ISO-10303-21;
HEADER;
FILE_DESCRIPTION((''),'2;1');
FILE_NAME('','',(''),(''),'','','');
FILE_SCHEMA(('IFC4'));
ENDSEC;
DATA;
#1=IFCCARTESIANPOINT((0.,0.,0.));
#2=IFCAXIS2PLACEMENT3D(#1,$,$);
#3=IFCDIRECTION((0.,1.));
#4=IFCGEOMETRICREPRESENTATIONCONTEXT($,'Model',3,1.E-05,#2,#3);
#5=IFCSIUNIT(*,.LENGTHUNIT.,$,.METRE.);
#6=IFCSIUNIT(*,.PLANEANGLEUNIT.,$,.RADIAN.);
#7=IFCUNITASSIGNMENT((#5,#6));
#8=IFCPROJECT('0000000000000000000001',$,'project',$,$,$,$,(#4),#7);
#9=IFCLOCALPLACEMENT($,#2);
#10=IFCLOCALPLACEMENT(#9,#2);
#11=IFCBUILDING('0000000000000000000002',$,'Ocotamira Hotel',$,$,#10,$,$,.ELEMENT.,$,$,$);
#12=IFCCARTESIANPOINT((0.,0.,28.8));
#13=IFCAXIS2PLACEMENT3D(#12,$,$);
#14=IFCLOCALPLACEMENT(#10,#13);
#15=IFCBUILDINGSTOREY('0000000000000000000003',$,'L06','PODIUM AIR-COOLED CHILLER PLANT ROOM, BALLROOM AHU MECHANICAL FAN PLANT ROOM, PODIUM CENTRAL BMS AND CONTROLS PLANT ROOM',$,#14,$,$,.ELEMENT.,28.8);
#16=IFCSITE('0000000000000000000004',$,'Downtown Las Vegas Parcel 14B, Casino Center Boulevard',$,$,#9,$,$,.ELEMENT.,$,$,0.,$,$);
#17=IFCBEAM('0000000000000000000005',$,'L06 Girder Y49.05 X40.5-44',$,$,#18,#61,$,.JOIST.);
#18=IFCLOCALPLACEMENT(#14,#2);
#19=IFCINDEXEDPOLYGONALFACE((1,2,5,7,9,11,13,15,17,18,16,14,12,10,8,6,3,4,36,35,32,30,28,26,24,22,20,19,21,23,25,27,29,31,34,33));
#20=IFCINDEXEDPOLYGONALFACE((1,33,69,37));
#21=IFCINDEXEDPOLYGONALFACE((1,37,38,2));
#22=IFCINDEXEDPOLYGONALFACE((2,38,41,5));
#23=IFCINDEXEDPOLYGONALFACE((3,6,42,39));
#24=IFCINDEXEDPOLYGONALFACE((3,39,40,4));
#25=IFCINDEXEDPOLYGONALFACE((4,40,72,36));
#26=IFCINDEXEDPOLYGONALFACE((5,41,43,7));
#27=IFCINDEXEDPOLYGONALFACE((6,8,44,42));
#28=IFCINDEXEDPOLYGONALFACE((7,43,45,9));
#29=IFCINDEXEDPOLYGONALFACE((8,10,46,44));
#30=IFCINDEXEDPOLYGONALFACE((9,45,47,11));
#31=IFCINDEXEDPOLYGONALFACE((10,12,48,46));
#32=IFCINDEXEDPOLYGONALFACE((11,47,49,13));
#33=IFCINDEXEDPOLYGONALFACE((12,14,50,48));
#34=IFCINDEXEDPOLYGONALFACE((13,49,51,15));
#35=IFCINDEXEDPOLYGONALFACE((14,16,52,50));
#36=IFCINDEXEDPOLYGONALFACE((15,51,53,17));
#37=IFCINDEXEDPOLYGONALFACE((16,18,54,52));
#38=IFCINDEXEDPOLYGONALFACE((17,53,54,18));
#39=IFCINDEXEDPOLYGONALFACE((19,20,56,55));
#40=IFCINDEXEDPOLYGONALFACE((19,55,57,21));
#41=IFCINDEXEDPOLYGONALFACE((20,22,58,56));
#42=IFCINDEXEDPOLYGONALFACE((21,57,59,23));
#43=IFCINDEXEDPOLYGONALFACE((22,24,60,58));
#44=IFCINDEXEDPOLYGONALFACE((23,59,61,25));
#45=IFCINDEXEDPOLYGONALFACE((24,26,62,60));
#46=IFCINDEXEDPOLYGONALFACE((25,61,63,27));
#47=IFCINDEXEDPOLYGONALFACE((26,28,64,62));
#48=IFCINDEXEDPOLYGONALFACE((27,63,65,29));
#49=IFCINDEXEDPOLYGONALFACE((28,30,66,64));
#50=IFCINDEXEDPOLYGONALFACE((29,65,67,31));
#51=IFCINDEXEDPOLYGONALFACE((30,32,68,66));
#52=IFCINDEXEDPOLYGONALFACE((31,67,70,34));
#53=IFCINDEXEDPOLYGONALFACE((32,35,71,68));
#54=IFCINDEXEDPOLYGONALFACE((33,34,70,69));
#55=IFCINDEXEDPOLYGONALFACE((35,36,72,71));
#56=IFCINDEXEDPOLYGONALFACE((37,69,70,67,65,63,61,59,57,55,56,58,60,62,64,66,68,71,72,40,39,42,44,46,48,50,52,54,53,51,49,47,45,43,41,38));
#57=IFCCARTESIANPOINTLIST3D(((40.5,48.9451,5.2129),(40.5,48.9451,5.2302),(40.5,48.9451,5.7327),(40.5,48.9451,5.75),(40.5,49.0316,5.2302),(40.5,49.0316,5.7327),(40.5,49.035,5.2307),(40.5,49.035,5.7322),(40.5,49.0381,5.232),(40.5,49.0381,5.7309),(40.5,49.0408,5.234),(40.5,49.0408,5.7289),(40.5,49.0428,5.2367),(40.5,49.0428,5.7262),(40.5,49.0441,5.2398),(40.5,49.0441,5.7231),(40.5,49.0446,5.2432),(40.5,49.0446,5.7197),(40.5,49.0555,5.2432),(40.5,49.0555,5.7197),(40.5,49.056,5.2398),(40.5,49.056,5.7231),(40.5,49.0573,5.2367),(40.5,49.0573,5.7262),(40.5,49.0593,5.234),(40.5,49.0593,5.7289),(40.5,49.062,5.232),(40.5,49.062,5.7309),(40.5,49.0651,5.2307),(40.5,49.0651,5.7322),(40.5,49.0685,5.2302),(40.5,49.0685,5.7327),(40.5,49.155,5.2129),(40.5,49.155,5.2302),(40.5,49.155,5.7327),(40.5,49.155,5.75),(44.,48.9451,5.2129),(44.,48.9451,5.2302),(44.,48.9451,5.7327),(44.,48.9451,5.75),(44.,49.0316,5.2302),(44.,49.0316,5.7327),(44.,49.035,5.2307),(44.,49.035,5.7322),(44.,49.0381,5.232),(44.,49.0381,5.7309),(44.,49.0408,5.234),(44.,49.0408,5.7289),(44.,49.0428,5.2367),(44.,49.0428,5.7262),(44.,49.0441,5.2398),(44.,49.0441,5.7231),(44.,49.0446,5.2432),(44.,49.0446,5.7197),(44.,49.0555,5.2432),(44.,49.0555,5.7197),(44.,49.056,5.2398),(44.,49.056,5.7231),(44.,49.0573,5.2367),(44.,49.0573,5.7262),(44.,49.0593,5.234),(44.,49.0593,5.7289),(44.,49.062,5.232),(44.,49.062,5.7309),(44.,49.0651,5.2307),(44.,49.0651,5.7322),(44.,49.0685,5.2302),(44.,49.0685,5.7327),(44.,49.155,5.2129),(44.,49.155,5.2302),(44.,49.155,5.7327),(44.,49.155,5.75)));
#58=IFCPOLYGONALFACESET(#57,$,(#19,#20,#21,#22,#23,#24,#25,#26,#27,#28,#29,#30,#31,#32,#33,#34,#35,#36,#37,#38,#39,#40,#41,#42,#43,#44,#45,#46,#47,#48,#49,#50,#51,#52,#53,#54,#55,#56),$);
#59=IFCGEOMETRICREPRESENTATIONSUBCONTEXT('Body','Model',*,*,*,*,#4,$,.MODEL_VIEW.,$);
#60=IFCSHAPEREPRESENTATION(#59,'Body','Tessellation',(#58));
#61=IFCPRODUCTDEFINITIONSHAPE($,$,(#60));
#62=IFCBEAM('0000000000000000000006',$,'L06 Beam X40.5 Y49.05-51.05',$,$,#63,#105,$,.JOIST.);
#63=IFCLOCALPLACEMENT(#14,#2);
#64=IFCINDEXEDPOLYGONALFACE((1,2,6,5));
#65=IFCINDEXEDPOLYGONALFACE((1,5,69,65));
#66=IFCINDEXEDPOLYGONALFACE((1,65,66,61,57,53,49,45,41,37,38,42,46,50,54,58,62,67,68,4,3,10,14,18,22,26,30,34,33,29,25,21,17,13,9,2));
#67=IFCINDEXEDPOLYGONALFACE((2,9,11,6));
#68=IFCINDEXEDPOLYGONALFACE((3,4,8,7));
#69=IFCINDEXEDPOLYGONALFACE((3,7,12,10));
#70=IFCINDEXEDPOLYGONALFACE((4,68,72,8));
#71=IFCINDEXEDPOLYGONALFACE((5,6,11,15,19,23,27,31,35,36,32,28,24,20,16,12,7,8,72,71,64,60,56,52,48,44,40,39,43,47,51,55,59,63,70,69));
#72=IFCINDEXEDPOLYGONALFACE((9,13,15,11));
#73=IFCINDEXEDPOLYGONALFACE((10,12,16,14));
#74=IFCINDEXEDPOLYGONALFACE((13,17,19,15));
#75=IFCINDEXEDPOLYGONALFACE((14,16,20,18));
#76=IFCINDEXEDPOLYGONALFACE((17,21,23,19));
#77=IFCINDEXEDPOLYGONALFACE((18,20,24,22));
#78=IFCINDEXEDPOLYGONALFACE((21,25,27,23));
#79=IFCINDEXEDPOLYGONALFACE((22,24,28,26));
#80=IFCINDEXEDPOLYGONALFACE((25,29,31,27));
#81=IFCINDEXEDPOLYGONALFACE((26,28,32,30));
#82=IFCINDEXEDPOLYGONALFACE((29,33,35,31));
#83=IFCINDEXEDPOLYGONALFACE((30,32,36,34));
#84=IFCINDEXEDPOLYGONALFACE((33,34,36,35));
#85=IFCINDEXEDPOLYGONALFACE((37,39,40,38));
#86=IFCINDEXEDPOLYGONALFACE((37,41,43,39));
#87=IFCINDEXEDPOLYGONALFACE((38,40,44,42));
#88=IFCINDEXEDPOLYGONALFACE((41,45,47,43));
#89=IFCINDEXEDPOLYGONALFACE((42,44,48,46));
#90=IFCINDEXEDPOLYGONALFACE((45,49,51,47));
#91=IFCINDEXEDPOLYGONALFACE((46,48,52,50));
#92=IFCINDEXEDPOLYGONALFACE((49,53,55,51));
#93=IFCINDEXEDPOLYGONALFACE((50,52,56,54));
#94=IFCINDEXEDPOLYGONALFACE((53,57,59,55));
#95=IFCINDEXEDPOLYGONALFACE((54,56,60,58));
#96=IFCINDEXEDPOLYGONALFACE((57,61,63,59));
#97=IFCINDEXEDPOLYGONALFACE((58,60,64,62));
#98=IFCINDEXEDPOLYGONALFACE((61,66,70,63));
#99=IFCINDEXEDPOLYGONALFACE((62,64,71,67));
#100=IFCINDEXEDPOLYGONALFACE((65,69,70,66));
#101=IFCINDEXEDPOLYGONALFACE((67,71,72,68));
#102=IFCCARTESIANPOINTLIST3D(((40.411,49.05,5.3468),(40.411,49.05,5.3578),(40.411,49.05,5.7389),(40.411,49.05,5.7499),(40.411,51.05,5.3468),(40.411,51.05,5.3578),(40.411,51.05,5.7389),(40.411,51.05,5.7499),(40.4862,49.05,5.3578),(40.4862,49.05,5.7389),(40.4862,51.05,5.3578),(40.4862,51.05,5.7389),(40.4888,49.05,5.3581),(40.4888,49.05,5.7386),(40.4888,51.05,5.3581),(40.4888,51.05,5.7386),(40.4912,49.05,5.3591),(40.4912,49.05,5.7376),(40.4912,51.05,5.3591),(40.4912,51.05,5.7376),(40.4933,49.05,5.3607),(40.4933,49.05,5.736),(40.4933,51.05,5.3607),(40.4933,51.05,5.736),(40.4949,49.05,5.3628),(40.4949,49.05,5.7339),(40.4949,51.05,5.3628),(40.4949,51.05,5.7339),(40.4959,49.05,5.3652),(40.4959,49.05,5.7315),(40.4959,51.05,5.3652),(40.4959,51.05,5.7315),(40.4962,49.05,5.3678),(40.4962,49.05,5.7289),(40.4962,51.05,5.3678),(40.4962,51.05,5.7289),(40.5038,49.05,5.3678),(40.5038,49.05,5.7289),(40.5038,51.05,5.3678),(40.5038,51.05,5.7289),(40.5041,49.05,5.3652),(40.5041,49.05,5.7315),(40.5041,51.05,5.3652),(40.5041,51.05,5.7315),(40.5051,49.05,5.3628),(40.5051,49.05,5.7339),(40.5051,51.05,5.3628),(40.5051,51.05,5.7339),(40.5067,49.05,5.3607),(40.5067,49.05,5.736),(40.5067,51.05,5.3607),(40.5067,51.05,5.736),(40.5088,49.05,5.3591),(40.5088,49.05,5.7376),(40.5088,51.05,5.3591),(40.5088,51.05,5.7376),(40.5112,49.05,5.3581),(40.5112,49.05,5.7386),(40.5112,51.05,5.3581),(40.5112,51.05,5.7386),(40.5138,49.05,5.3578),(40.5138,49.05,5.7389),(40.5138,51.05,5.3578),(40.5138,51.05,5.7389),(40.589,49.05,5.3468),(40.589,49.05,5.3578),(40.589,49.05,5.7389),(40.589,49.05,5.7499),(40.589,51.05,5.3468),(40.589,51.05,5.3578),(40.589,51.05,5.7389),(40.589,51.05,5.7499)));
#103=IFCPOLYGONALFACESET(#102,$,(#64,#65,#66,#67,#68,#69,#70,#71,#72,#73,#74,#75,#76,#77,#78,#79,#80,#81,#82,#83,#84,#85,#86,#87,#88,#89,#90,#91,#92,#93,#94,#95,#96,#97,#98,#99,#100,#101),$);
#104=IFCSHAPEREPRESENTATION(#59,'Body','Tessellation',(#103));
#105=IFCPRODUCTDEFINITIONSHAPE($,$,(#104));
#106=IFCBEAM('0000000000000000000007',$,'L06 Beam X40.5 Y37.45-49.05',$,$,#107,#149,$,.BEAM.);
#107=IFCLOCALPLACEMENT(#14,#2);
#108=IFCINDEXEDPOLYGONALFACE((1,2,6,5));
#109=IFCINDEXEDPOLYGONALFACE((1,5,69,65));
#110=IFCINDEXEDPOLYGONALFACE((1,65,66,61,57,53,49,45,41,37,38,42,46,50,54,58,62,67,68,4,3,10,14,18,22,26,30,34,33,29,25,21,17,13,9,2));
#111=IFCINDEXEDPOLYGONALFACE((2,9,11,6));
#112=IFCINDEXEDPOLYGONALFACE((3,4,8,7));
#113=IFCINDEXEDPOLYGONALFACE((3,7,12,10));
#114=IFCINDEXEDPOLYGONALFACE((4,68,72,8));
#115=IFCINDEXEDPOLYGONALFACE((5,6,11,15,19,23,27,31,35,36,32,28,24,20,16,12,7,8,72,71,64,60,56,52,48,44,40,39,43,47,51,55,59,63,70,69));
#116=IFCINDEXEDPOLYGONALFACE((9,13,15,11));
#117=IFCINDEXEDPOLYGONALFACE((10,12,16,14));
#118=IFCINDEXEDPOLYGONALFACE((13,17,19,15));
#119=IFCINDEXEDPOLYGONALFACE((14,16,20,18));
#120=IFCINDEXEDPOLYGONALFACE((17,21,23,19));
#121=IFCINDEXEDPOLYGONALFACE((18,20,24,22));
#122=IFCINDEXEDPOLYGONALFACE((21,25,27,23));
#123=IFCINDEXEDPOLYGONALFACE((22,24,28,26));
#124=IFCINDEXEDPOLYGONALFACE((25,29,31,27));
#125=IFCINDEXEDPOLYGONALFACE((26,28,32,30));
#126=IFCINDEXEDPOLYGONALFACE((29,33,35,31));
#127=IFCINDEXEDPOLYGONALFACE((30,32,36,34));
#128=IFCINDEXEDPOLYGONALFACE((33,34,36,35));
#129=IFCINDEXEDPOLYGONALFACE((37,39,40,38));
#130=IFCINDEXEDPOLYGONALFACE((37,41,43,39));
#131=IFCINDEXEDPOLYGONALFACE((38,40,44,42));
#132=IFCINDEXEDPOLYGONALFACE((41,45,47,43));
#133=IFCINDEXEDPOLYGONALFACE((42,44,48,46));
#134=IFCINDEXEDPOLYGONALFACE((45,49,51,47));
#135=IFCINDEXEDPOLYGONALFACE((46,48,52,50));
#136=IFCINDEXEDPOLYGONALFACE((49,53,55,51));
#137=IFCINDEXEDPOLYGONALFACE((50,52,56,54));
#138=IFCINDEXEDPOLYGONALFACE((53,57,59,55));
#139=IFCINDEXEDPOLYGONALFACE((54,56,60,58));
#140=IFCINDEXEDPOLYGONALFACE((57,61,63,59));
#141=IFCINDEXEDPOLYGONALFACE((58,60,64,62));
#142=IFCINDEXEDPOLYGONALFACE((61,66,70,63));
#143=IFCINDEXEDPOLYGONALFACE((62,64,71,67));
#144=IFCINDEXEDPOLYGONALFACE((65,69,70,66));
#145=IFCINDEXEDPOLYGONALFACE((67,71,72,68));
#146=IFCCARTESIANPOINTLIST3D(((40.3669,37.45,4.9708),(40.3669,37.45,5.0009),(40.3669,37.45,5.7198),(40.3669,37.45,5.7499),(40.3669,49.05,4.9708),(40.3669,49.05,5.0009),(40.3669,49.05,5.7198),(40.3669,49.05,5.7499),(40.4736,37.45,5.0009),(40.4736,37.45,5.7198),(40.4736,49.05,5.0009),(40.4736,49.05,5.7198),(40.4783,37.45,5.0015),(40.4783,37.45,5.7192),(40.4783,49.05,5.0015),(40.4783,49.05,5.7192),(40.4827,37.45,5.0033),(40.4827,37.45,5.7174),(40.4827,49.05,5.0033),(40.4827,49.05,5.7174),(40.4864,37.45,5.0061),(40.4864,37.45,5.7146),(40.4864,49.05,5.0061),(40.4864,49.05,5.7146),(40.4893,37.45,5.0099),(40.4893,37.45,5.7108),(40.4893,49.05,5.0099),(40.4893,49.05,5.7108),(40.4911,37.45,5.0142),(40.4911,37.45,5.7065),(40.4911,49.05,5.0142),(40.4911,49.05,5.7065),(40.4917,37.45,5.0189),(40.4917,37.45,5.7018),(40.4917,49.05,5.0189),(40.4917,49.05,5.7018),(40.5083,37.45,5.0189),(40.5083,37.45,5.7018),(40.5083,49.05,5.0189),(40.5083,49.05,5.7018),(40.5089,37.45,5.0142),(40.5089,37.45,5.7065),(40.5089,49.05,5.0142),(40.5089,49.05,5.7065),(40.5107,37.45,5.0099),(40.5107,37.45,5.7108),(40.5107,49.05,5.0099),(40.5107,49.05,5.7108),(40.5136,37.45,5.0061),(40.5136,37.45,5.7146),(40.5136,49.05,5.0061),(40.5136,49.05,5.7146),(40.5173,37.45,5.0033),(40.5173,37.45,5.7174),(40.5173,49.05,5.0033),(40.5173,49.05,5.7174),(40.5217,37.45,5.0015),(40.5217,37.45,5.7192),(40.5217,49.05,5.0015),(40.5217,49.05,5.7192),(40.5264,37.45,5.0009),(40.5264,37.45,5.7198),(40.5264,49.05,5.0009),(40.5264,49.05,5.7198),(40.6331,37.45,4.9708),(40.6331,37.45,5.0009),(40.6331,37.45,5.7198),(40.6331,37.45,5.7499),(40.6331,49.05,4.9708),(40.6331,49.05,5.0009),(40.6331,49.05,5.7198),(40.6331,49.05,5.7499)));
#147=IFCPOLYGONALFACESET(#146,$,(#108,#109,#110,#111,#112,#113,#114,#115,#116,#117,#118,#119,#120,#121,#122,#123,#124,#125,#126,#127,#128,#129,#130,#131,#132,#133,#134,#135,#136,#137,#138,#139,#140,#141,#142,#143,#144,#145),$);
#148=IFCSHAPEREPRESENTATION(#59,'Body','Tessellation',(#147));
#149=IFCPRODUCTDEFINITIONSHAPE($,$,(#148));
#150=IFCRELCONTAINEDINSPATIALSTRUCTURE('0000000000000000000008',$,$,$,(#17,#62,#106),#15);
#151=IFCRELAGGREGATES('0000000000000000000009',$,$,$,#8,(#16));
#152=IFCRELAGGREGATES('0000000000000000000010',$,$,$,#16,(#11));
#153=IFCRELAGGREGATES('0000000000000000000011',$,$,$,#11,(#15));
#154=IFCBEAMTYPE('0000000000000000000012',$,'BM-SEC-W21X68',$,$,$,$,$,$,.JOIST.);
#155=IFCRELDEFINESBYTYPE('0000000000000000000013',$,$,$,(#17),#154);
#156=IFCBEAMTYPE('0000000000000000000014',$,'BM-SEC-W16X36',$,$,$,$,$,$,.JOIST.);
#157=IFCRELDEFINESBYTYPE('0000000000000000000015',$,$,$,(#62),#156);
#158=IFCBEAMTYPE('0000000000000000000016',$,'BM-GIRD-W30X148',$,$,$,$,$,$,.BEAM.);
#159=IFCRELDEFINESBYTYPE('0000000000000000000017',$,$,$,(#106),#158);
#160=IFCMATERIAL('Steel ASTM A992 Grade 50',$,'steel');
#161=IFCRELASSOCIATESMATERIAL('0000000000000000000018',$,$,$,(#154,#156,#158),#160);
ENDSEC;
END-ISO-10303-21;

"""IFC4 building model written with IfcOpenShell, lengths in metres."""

from ifc_helpers import new_model, si_unit, direction, frame, origin, origin_2d, place, context, subcontext, project, spatial, i_section, extrude, source, transform, mapped, material, material_profile, profile_set, type_object, element, save


model = new_model("IFC4")

# Units and contexts
model_context = context("Model", 3, precision=1e-05, world=origin(), true_north=direction((0.0, 1.0)))
body_context = subcontext(model_context, "Body", "Model", "MODEL_VIEW")
ifc_project = project(units=[si_unit("LENGTHUNIT", "METRE"), si_unit("PLANEANGLEUNIT", "RADIAN")], contexts=[model_context])

# Site, building, storey
site_placement = place(None, origin())
site = spatial("IfcSite", under=ifc_project, at=site_placement, Name="Downtown Las Vegas Parcel 14B, Casino Center Boulevard", CompositionType="ELEMENT", RefElevation=0.0)
building_placement = place(site_placement, origin())
building = spatial("IfcBuilding", under=site, at=building_placement, Name="Ocotamira Hotel", CompositionType="ELEMENT")
storey_placement = place(building_placement, frame((0.0, 0.0, 28.8)))
storey = spatial("IfcBuildingStorey", under=building, at=storey_placement, Name="L06", Description="PODIUM AIR-COOLED CHILLER PLANT ROOM, BALLROOM AHU MECHANICAL FAN PLANT ROOM, PODIUM CENTRAL BMS AND CONTROLS PLANT ROOM", CompositionType="ELEMENT", Elevation=28.8)

# Beams
ifc_material_1 = material(Name="Steel ASTM A992 Grade 50", Category="steel")
ifc_material_profile_1 = material_profile(ifc_material_1, i_section(OverallWidth=0.21, OverallDepth=0.5371, WebThickness=0.011, FlangeThickness=0.0173, FilletRadius=0.0129, at=origin_2d()), Name="W21X68")
ifc_profile_set_1 = profile_set([ifc_material_profile_1], Name="Steel ASTM A992 Grade 50")
beam_type_1 = type_object("IfcBeamType", Name="BM-SEC-W21X68", PredefinedType="JOIST", material=ifc_profile_set_1)
shared_shape_1 = source(origin(), body_context, "Body", "SweptSolid", [
    extrude(i_section(OverallWidth=0.21, OverallDepth=0.5371, WebThickness=0.011, FlangeThickness=0.0173, FilletRadius=0.0129, at=origin_2d()), origin(), (0.0, 0.0, 1.0), 3.5),
])
beam_1_placement = place(storey_placement, frame((40.5, 49.05, 5.4814), z_axis=(1.0, 0.0, 0.0), x_axis=(0.0, 1.0, 0.0)))
element("IfcBeam", 1, at=beam_1_placement, inside=storey, type_object=beam_type_1, Name="L06 Girder Y49.05 X40.5-44", PredefinedType="JOIST", context=body_context, shape_type="MappedRepresentation", body=[
    mapped(shared_shape_1, transform((0.0, 0.0, 0.0), scale=1.0)),
])
ifc_material_profile_2 = material_profile(ifc_material_1, i_section(OverallWidth=0.178, OverallDepth=0.4031, WebThickness=0.0076, FlangeThickness=0.011, FilletRadius=0.01, at=origin_2d()), Name="W16X36")
ifc_profile_set_2 = profile_set([ifc_material_profile_2], Name="Steel ASTM A992 Grade 50")
beam_type_2 = type_object("IfcBeamType", Name="BM-SEC-W16X36", PredefinedType="JOIST", material=ifc_profile_set_2)
shared_shape_2 = source(origin(), body_context, "Body", "SweptSolid", [
    extrude(i_section(OverallWidth=0.178, OverallDepth=0.4031, WebThickness=0.0076, FlangeThickness=0.011, FilletRadius=0.01, at=origin_2d()), origin(), (0.0, 0.0, 1.0), 2.0),
])
beam_2_placement = place(storey_placement, frame((40.5, 49.05, 5.5483), z_axis=(0.0, 1.0, 0.0), x_axis=(-1.0, 0.0, 0.0)))
element("IfcBeam", 2, at=beam_2_placement, inside=storey, type_object=beam_type_2, Name="L06 Beam X40.5 Y49.05-51.05", PredefinedType="JOIST", context=body_context, shape_type="MappedRepresentation", body=[
    mapped(shared_shape_2, transform((0.0, 0.0, 0.0), scale=1.0)),
])
ifc_material_profile_3 = material_profile(ifc_material_1, i_section(OverallWidth=0.2661, OverallDepth=0.7791, WebThickness=0.0166, FlangeThickness=0.03, FilletRadius=0.0181, at=origin_2d()), Name="W30X148")
ifc_profile_set_3 = profile_set([ifc_material_profile_3], Name="Steel ASTM A992 Grade 50")
beam_type_3 = type_object("IfcBeamType", Name="BM-GIRD-W30X148", PredefinedType="BEAM", material=ifc_profile_set_3)
shared_shape_3 = source(origin(), body_context, "Body", "SweptSolid", [
    extrude(i_section(OverallWidth=0.2661, OverallDepth=0.7791, WebThickness=0.0166, FlangeThickness=0.03, FilletRadius=0.0181, at=origin_2d()), origin(), (0.0, 0.0, 1.0), 11.6001),
])
beam_3_placement = place(storey_placement, frame((40.5, 37.45, 5.3604), z_axis=(0.0, 1.0, 0.0), x_axis=(-1.0, 0.0, 0.0)))
element("IfcBeam", 3, at=beam_3_placement, inside=storey, type_object=beam_type_3, Name="L06 Beam X40.5 Y37.45-49.05", PredefinedType="BEAM", context=body_context, shape_type="MappedRepresentation", body=[
    mapped(shared_shape_3, transform((0.0, 0.0, 0.0), scale=1.0)),
])

save(model, "model.ifc")
